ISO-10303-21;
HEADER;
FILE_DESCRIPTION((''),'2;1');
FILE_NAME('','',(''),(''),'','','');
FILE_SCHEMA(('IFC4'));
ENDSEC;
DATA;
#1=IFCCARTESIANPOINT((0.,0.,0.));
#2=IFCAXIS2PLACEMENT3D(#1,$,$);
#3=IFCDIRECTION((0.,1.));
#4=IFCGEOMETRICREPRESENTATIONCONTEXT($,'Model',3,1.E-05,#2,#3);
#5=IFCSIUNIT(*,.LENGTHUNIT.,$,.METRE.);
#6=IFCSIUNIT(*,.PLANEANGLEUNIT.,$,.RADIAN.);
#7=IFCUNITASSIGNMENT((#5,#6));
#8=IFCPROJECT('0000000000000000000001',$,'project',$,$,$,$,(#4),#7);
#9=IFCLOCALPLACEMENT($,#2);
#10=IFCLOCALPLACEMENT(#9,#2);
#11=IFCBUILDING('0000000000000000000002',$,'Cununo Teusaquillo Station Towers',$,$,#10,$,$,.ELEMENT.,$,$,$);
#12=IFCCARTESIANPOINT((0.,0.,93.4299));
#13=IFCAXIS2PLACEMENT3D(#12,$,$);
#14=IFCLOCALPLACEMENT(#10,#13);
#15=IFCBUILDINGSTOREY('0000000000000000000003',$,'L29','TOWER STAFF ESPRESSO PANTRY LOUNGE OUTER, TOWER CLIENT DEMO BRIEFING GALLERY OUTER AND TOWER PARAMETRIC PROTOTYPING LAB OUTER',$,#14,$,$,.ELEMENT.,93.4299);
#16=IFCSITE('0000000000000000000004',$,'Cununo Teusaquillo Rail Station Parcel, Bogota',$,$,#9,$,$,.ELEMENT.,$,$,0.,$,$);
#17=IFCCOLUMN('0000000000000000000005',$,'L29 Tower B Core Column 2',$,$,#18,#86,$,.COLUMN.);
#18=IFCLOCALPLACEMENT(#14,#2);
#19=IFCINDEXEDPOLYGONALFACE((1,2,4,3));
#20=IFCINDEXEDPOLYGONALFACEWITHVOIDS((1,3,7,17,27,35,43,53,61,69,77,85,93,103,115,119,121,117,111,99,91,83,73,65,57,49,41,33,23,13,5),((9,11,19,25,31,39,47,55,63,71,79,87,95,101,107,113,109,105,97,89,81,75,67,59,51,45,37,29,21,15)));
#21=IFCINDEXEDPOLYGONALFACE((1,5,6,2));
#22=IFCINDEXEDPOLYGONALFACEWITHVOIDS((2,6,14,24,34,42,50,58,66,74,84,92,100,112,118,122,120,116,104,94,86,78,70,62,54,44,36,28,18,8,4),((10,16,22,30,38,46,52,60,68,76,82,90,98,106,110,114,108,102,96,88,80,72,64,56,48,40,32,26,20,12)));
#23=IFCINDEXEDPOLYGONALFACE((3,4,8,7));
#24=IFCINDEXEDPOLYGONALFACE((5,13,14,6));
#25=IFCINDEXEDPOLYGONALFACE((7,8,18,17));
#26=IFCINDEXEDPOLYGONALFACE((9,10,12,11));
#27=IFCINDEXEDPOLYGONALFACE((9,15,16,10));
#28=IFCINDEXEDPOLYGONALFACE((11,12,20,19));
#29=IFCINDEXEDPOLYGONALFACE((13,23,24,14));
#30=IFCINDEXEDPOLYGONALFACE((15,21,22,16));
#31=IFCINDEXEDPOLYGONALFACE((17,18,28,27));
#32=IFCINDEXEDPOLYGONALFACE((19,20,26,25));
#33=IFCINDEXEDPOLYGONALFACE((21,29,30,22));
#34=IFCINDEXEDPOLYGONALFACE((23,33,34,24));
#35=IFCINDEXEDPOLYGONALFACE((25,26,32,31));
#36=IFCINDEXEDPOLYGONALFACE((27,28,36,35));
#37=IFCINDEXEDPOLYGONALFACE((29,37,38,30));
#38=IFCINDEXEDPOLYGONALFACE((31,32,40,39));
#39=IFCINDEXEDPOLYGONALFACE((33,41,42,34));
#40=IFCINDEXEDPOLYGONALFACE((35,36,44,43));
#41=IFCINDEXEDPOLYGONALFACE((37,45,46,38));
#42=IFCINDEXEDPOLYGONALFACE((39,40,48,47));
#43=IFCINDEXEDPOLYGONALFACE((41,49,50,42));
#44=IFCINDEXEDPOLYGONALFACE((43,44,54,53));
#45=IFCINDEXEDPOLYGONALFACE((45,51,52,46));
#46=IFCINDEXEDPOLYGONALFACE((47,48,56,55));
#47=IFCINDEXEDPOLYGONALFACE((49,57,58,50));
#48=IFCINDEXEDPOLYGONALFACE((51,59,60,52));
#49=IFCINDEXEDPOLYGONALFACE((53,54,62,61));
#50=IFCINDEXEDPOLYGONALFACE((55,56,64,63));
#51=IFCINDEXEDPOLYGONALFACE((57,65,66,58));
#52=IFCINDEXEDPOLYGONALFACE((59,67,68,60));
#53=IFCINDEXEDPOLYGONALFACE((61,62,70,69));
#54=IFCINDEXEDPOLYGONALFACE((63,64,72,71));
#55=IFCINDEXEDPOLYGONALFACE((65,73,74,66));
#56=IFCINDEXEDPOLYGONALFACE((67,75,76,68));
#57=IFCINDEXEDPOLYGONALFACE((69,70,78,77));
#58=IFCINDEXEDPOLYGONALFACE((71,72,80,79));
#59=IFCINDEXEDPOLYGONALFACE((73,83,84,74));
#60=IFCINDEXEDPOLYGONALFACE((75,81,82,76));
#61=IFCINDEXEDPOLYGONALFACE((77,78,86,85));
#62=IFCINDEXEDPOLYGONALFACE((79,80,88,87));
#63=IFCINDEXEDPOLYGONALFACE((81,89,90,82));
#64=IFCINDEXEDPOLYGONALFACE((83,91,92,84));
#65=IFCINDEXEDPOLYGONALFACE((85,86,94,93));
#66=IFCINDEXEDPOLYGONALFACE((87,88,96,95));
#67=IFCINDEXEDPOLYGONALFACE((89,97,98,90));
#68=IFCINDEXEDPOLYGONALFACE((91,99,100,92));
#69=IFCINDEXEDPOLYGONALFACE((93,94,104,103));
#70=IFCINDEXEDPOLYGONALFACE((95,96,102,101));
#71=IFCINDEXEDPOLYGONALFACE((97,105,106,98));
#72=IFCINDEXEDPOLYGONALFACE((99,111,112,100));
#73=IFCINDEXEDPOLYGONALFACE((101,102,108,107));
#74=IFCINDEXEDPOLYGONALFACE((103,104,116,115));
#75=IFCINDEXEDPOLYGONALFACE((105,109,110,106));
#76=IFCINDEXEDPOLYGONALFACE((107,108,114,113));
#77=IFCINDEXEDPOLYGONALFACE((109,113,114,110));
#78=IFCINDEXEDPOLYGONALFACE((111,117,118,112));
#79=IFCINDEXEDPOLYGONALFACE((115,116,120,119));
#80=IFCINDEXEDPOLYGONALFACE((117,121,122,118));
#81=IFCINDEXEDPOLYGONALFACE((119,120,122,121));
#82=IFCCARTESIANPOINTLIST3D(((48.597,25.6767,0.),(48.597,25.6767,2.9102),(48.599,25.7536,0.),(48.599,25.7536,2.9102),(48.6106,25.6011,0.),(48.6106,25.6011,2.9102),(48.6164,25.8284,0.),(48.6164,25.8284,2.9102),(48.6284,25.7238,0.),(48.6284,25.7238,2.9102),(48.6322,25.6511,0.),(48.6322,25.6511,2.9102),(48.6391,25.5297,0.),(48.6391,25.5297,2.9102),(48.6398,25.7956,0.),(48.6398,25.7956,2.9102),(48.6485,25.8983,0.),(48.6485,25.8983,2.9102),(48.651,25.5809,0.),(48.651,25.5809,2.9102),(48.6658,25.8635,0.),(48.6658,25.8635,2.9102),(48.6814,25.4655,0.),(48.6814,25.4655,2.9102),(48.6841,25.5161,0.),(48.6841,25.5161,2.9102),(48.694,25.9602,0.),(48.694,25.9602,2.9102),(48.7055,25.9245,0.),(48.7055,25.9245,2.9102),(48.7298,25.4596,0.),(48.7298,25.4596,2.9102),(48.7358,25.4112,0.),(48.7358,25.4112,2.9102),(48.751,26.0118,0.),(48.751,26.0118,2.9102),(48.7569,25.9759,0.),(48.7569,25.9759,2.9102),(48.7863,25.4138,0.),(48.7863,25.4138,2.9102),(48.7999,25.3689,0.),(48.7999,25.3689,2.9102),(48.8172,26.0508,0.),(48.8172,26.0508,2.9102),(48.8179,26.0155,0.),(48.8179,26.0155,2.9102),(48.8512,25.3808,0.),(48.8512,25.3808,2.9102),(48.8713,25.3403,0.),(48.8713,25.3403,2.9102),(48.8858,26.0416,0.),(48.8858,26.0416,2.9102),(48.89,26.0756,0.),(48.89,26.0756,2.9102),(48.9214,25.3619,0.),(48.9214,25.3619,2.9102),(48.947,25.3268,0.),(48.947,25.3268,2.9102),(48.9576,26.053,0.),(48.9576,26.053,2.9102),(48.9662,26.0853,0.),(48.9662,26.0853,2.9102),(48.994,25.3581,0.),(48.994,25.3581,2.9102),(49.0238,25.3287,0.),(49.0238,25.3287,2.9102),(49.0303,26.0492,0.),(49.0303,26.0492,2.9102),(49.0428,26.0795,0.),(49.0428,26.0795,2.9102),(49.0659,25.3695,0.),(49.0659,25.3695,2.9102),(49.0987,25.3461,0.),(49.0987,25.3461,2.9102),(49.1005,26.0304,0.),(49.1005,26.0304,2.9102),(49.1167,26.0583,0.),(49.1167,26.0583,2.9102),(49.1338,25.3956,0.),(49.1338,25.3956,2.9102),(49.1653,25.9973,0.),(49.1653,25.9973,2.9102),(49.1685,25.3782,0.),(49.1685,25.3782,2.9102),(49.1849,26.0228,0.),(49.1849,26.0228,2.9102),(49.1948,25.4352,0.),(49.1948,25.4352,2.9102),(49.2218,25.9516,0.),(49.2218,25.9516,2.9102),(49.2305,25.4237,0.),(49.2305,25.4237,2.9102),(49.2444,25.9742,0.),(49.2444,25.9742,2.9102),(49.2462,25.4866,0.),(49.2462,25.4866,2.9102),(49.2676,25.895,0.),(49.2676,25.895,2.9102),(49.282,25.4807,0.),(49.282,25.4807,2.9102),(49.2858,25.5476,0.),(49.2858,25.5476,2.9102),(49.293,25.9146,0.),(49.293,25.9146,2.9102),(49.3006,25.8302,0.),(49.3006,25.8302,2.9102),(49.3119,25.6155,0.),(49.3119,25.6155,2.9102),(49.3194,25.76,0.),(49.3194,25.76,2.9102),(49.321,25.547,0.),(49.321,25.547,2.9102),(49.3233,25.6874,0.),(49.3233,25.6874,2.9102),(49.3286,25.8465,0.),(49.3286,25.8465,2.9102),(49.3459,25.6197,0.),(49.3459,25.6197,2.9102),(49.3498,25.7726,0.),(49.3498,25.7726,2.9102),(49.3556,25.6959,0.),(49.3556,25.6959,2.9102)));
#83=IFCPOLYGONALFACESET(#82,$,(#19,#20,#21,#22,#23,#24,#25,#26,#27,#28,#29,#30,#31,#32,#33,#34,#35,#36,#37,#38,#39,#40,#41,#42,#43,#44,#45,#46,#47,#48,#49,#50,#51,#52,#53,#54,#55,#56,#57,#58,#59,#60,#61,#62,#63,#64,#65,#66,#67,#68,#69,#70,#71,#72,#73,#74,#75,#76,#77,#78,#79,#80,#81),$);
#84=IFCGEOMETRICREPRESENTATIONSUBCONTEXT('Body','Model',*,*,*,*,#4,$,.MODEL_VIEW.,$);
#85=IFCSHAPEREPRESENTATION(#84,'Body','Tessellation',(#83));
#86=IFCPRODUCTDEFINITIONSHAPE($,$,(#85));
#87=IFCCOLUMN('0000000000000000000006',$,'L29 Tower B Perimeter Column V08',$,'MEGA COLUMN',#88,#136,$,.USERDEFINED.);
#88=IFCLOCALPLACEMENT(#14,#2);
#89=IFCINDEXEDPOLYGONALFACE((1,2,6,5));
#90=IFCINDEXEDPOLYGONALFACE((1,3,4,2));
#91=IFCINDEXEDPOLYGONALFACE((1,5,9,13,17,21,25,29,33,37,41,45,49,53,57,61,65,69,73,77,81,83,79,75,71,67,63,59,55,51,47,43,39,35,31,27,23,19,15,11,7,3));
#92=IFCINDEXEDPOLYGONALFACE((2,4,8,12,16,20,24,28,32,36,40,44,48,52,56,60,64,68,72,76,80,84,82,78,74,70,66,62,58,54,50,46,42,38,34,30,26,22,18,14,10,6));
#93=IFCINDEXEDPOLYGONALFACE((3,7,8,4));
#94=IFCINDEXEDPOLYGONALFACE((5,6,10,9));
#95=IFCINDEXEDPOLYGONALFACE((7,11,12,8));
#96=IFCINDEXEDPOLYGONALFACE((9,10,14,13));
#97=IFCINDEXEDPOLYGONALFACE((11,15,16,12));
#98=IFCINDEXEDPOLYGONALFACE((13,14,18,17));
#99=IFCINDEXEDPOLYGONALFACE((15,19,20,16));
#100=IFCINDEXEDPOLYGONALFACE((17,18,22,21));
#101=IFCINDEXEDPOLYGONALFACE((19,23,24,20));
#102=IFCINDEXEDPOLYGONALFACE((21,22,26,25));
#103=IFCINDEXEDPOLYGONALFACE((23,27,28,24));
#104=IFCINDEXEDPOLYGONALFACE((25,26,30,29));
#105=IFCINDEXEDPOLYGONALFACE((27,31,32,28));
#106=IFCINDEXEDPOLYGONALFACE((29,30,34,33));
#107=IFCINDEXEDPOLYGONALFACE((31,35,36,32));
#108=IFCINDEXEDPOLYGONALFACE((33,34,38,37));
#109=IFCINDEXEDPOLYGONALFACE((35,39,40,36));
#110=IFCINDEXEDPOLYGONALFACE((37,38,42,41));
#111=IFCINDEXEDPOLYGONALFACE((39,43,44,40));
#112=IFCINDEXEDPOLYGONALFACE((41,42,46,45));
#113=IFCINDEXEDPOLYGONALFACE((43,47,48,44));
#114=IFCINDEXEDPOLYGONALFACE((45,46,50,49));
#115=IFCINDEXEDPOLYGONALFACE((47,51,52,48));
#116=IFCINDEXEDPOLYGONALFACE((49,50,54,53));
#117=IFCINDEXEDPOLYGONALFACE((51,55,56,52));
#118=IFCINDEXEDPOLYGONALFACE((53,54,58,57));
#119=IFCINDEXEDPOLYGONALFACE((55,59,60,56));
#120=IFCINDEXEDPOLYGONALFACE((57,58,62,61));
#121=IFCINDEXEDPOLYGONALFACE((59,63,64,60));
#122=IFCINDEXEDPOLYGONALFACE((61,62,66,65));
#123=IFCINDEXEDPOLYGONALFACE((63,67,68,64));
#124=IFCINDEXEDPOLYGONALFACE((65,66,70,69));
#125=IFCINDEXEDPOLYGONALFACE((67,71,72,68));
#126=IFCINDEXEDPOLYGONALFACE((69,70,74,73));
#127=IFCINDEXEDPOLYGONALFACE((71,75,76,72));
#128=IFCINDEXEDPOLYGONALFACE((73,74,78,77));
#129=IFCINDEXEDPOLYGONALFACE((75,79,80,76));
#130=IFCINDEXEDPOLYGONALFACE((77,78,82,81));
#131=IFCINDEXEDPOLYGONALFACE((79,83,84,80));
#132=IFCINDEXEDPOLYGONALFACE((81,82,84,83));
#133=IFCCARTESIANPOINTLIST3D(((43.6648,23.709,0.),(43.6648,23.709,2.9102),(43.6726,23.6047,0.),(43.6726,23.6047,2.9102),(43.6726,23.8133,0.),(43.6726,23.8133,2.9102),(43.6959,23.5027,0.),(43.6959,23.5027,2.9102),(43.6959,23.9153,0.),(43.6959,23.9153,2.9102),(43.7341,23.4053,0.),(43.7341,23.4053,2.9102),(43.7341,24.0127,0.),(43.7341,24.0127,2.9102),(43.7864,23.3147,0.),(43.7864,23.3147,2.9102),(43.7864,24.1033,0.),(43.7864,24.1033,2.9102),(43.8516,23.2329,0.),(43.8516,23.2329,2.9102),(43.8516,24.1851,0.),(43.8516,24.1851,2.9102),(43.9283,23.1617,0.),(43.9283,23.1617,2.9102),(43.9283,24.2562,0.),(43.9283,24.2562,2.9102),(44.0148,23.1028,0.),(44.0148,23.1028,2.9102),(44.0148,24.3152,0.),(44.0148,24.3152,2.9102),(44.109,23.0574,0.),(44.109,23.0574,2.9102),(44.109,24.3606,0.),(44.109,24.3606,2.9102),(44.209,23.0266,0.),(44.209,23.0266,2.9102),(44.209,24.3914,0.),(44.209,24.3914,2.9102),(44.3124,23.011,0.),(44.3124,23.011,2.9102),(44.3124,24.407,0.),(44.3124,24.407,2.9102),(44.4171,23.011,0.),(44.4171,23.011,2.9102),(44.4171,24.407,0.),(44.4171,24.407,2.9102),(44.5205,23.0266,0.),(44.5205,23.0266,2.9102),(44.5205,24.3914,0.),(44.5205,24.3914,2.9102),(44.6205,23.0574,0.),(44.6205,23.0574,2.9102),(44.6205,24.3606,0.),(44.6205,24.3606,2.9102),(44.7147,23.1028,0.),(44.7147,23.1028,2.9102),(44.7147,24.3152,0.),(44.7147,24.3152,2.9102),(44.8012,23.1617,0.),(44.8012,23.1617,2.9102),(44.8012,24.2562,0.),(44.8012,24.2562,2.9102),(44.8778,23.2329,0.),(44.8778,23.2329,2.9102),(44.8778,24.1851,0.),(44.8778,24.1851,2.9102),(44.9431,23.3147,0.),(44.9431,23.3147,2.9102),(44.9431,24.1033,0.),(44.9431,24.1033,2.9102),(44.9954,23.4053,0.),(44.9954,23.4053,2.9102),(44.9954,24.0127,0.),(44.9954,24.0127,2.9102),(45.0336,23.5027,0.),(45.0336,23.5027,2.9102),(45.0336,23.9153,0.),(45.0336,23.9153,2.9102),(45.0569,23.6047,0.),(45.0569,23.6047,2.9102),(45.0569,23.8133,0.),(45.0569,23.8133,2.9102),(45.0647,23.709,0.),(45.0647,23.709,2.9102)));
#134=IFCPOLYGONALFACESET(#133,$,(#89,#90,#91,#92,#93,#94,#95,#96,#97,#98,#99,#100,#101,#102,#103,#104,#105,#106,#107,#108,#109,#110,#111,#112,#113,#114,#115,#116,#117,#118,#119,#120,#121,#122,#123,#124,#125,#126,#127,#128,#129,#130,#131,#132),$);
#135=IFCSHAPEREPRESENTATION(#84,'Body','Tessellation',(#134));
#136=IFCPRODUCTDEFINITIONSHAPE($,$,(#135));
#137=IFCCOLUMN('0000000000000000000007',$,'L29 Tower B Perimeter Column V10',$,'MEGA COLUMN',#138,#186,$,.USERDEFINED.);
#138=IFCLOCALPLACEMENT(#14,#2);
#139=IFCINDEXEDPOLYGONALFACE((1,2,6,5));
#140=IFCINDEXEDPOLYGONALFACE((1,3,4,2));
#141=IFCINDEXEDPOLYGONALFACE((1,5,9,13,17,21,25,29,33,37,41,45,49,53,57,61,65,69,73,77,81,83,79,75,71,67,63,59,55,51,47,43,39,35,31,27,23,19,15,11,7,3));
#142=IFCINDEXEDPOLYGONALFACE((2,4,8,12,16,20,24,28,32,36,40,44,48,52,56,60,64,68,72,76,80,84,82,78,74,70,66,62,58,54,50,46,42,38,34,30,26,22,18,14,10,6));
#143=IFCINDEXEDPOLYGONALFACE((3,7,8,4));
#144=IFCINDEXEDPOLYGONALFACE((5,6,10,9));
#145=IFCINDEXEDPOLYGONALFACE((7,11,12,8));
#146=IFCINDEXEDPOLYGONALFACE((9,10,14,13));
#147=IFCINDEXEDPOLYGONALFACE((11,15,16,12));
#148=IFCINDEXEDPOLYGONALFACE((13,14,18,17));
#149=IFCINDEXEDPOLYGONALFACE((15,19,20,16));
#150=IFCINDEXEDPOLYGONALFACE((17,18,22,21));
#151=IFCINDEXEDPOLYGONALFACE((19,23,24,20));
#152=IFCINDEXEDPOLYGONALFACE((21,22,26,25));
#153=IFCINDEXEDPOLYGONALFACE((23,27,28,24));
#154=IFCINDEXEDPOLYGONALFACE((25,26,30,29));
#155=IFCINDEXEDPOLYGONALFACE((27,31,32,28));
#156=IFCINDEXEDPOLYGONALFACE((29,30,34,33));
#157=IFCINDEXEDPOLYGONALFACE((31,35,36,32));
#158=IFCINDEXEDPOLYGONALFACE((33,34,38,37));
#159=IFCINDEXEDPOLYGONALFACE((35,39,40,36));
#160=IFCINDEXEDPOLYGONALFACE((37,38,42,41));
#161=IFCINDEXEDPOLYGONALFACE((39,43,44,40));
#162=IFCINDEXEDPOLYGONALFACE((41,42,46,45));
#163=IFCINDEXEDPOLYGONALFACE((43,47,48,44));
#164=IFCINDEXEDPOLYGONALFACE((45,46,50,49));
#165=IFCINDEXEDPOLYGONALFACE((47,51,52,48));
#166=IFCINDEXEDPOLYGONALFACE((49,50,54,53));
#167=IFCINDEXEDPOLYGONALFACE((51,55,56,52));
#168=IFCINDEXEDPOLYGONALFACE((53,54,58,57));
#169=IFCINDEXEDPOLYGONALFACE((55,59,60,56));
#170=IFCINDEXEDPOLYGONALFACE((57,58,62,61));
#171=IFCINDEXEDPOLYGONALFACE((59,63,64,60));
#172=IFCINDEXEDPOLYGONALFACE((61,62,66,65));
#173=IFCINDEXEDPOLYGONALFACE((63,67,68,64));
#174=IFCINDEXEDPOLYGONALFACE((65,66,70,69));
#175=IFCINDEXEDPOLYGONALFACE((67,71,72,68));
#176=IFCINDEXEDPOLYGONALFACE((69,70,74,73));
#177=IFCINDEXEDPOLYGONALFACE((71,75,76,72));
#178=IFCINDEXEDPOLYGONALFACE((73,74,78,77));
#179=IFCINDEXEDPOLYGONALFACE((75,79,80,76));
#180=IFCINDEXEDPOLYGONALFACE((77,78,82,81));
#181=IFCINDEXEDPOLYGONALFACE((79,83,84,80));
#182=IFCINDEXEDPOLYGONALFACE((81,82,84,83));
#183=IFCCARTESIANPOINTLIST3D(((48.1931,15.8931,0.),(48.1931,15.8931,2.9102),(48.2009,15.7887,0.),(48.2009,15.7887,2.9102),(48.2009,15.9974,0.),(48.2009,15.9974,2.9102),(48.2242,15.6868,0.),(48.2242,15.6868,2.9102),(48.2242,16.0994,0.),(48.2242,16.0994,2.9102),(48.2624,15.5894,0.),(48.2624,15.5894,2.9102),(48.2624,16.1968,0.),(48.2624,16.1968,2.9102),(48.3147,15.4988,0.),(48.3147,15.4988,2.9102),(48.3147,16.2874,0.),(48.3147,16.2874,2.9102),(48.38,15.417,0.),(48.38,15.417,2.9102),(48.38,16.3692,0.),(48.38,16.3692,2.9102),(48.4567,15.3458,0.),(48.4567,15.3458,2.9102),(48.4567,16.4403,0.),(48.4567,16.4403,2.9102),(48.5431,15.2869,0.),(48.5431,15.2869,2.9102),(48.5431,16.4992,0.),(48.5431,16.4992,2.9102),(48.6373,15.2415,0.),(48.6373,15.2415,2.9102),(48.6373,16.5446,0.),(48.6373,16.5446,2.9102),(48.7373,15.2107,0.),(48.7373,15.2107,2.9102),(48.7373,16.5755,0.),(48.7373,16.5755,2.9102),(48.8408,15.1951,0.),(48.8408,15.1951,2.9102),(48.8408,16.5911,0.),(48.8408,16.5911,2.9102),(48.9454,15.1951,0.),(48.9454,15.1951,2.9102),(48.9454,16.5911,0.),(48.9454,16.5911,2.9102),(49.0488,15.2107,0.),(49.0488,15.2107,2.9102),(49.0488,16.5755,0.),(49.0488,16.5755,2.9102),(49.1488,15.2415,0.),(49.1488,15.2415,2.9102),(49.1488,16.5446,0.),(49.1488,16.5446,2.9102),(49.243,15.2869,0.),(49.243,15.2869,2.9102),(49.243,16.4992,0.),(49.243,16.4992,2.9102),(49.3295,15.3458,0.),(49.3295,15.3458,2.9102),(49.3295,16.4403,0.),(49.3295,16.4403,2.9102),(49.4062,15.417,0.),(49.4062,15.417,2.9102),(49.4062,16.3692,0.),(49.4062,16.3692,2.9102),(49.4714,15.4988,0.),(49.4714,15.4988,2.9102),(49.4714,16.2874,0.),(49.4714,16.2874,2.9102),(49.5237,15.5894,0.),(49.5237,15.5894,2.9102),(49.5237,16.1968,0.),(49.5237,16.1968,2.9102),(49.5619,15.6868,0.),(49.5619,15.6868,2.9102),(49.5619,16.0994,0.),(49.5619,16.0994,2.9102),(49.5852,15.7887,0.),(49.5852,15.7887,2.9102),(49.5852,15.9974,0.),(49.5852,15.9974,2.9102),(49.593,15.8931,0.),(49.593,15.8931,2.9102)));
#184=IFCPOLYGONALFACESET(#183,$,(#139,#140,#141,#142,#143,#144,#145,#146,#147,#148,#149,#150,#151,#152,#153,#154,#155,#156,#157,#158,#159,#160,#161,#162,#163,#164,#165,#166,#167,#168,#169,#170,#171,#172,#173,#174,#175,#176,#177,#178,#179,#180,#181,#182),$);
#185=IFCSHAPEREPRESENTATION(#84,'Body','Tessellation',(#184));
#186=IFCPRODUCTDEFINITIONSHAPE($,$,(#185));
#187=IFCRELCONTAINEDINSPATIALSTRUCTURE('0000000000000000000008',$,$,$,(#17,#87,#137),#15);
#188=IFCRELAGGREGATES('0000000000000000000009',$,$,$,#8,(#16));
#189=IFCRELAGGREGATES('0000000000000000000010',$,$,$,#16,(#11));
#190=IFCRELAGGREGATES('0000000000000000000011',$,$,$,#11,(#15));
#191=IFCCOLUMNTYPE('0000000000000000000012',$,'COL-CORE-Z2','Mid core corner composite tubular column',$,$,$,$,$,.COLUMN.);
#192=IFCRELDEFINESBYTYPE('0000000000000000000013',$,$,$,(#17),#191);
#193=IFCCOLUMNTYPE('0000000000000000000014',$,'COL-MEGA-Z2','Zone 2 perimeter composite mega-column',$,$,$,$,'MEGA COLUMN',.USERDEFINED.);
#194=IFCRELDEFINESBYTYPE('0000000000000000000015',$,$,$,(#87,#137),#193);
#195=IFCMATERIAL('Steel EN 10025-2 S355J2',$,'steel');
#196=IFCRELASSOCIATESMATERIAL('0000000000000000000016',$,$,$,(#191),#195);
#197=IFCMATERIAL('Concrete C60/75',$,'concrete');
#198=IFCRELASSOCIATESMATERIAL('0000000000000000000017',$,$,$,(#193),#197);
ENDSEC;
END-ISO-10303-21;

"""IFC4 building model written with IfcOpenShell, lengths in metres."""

from ifc_helpers import new_model, si_unit, direction, frame, origin, origin_2d, place, context, subcontext, project, spatial, circle, hollow_circle, extrude, material, material_profile, profile_set, type_object, element, save


model = new_model("IFC4")

# Units and contexts
model_context = context("Model", 3, precision=1e-05, world=origin(), true_north=direction((0.0, 1.0)))
body_context = subcontext(model_context, "Body", "Model", "MODEL_VIEW")
ifc_project = project(units=[si_unit("LENGTHUNIT", "METRE"), si_unit("PLANEANGLEUNIT", "RADIAN")], contexts=[model_context])

# Site, building, storey
site_placement = place(None, origin())
site = spatial("IfcSite", under=ifc_project, at=site_placement, Name="Cununo Teusaquillo Rail Station Parcel, Bogota", CompositionType="ELEMENT", RefElevation=0.0)
building_placement = place(site_placement, origin())
building = spatial("IfcBuilding", under=site, at=building_placement, Name="Cununo Teusaquillo Station Towers", CompositionType="ELEMENT")
storey_placement = place(building_placement, frame((0.0, 0.0, 93.4299)))
storey = spatial("IfcBuildingStorey", under=building, at=storey_placement, Name="L29", Description="TOWER STAFF ESPRESSO PANTRY LOUNGE OUTER, TOWER CLIENT DEMO BRIEFING GALLERY OUTER AND TOWER PARAMETRIC PROTOTYPING LAB OUTER", CompositionType="ELEMENT", Elevation=93.4299)

# Columns
ifc_material_1 = material(Name="Steel EN 10025-2 S355J2", Category="steel")
ifc_material_profile_1 = material_profile(ifc_material_1, hollow_circle(Radius=0.3799, WallThickness=0.032, at=origin_2d()), Name="CHS 760x32")
ifc_profile_set_1 = profile_set([ifc_material_profile_1], Name="Steel EN 10025-2 S355J2")
column_type_1 = type_object("IfcColumnType", Name="COL-CORE-Z2", Description="Mid core corner composite tubular column", PredefinedType="COLUMN", material=ifc_profile_set_1)
column_placement = place(storey_placement, frame((48.9758, 25.7056, 0.0), z_axis=(0.0, 0.0, 1.0), x_axis=(0.707107, 0.707107, 0.0)))
element("IfcColumn", 1, at=column_placement, inside=storey, type_object=column_type_1, Name="L29 Tower B Core Column 2", PredefinedType="COLUMN", context=body_context, shape_type="SweptSolid", body=[
    extrude(hollow_circle(Radius=0.3799, WallThickness=0.032, at=origin_2d()), origin(), (0.0, 0.0, 1.0), 2.9102),
])
ifc_material_2 = material(Name="Concrete C60/75", Category="concrete")
ifc_material_profile_2 = material_profile(ifc_material_2, circle(Radius=0.7, at=origin_2d()), Name="RC-CIRC-1400")
ifc_profile_set_2 = profile_set([ifc_material_profile_2], Name="Concrete C60/75")
column_type_2 = type_object("IfcColumnType", Name="COL-MEGA-Z2", Description="Zone 2 perimeter composite mega-column", ElementType="MEGA COLUMN", PredefinedType="USERDEFINED", material=ifc_profile_set_2)
for number, where, z_axis, x_axis, name in (
    (2, (44.3647, 23.709, 0.0), (0.0, 0.0, 1.0), (1.0, 0.0, 0.0), "L29 Tower B Perimeter Column V08"),
    (3, (48.8931, 15.8931, 0.0), (0.0, 0.0, 1.0), (1.0, 0.0, 0.0), "L29 Tower B Perimeter Column V10"),
):
    element("IfcColumn", number, at=place(storey_placement, frame(where, z_axis=z_axis, x_axis=x_axis)), inside=storey, type_object=column_type_2, Name=name, ObjectType="MEGA COLUMN", PredefinedType="USERDEFINED", context=body_context, shape_type="SweptSolid", body=[
        extrude(circle(Radius=0.7, at=origin_2d()), origin(), (0.0, 0.0, 1.0), 2.9102),
    ])

save(model, "model.ifc")
